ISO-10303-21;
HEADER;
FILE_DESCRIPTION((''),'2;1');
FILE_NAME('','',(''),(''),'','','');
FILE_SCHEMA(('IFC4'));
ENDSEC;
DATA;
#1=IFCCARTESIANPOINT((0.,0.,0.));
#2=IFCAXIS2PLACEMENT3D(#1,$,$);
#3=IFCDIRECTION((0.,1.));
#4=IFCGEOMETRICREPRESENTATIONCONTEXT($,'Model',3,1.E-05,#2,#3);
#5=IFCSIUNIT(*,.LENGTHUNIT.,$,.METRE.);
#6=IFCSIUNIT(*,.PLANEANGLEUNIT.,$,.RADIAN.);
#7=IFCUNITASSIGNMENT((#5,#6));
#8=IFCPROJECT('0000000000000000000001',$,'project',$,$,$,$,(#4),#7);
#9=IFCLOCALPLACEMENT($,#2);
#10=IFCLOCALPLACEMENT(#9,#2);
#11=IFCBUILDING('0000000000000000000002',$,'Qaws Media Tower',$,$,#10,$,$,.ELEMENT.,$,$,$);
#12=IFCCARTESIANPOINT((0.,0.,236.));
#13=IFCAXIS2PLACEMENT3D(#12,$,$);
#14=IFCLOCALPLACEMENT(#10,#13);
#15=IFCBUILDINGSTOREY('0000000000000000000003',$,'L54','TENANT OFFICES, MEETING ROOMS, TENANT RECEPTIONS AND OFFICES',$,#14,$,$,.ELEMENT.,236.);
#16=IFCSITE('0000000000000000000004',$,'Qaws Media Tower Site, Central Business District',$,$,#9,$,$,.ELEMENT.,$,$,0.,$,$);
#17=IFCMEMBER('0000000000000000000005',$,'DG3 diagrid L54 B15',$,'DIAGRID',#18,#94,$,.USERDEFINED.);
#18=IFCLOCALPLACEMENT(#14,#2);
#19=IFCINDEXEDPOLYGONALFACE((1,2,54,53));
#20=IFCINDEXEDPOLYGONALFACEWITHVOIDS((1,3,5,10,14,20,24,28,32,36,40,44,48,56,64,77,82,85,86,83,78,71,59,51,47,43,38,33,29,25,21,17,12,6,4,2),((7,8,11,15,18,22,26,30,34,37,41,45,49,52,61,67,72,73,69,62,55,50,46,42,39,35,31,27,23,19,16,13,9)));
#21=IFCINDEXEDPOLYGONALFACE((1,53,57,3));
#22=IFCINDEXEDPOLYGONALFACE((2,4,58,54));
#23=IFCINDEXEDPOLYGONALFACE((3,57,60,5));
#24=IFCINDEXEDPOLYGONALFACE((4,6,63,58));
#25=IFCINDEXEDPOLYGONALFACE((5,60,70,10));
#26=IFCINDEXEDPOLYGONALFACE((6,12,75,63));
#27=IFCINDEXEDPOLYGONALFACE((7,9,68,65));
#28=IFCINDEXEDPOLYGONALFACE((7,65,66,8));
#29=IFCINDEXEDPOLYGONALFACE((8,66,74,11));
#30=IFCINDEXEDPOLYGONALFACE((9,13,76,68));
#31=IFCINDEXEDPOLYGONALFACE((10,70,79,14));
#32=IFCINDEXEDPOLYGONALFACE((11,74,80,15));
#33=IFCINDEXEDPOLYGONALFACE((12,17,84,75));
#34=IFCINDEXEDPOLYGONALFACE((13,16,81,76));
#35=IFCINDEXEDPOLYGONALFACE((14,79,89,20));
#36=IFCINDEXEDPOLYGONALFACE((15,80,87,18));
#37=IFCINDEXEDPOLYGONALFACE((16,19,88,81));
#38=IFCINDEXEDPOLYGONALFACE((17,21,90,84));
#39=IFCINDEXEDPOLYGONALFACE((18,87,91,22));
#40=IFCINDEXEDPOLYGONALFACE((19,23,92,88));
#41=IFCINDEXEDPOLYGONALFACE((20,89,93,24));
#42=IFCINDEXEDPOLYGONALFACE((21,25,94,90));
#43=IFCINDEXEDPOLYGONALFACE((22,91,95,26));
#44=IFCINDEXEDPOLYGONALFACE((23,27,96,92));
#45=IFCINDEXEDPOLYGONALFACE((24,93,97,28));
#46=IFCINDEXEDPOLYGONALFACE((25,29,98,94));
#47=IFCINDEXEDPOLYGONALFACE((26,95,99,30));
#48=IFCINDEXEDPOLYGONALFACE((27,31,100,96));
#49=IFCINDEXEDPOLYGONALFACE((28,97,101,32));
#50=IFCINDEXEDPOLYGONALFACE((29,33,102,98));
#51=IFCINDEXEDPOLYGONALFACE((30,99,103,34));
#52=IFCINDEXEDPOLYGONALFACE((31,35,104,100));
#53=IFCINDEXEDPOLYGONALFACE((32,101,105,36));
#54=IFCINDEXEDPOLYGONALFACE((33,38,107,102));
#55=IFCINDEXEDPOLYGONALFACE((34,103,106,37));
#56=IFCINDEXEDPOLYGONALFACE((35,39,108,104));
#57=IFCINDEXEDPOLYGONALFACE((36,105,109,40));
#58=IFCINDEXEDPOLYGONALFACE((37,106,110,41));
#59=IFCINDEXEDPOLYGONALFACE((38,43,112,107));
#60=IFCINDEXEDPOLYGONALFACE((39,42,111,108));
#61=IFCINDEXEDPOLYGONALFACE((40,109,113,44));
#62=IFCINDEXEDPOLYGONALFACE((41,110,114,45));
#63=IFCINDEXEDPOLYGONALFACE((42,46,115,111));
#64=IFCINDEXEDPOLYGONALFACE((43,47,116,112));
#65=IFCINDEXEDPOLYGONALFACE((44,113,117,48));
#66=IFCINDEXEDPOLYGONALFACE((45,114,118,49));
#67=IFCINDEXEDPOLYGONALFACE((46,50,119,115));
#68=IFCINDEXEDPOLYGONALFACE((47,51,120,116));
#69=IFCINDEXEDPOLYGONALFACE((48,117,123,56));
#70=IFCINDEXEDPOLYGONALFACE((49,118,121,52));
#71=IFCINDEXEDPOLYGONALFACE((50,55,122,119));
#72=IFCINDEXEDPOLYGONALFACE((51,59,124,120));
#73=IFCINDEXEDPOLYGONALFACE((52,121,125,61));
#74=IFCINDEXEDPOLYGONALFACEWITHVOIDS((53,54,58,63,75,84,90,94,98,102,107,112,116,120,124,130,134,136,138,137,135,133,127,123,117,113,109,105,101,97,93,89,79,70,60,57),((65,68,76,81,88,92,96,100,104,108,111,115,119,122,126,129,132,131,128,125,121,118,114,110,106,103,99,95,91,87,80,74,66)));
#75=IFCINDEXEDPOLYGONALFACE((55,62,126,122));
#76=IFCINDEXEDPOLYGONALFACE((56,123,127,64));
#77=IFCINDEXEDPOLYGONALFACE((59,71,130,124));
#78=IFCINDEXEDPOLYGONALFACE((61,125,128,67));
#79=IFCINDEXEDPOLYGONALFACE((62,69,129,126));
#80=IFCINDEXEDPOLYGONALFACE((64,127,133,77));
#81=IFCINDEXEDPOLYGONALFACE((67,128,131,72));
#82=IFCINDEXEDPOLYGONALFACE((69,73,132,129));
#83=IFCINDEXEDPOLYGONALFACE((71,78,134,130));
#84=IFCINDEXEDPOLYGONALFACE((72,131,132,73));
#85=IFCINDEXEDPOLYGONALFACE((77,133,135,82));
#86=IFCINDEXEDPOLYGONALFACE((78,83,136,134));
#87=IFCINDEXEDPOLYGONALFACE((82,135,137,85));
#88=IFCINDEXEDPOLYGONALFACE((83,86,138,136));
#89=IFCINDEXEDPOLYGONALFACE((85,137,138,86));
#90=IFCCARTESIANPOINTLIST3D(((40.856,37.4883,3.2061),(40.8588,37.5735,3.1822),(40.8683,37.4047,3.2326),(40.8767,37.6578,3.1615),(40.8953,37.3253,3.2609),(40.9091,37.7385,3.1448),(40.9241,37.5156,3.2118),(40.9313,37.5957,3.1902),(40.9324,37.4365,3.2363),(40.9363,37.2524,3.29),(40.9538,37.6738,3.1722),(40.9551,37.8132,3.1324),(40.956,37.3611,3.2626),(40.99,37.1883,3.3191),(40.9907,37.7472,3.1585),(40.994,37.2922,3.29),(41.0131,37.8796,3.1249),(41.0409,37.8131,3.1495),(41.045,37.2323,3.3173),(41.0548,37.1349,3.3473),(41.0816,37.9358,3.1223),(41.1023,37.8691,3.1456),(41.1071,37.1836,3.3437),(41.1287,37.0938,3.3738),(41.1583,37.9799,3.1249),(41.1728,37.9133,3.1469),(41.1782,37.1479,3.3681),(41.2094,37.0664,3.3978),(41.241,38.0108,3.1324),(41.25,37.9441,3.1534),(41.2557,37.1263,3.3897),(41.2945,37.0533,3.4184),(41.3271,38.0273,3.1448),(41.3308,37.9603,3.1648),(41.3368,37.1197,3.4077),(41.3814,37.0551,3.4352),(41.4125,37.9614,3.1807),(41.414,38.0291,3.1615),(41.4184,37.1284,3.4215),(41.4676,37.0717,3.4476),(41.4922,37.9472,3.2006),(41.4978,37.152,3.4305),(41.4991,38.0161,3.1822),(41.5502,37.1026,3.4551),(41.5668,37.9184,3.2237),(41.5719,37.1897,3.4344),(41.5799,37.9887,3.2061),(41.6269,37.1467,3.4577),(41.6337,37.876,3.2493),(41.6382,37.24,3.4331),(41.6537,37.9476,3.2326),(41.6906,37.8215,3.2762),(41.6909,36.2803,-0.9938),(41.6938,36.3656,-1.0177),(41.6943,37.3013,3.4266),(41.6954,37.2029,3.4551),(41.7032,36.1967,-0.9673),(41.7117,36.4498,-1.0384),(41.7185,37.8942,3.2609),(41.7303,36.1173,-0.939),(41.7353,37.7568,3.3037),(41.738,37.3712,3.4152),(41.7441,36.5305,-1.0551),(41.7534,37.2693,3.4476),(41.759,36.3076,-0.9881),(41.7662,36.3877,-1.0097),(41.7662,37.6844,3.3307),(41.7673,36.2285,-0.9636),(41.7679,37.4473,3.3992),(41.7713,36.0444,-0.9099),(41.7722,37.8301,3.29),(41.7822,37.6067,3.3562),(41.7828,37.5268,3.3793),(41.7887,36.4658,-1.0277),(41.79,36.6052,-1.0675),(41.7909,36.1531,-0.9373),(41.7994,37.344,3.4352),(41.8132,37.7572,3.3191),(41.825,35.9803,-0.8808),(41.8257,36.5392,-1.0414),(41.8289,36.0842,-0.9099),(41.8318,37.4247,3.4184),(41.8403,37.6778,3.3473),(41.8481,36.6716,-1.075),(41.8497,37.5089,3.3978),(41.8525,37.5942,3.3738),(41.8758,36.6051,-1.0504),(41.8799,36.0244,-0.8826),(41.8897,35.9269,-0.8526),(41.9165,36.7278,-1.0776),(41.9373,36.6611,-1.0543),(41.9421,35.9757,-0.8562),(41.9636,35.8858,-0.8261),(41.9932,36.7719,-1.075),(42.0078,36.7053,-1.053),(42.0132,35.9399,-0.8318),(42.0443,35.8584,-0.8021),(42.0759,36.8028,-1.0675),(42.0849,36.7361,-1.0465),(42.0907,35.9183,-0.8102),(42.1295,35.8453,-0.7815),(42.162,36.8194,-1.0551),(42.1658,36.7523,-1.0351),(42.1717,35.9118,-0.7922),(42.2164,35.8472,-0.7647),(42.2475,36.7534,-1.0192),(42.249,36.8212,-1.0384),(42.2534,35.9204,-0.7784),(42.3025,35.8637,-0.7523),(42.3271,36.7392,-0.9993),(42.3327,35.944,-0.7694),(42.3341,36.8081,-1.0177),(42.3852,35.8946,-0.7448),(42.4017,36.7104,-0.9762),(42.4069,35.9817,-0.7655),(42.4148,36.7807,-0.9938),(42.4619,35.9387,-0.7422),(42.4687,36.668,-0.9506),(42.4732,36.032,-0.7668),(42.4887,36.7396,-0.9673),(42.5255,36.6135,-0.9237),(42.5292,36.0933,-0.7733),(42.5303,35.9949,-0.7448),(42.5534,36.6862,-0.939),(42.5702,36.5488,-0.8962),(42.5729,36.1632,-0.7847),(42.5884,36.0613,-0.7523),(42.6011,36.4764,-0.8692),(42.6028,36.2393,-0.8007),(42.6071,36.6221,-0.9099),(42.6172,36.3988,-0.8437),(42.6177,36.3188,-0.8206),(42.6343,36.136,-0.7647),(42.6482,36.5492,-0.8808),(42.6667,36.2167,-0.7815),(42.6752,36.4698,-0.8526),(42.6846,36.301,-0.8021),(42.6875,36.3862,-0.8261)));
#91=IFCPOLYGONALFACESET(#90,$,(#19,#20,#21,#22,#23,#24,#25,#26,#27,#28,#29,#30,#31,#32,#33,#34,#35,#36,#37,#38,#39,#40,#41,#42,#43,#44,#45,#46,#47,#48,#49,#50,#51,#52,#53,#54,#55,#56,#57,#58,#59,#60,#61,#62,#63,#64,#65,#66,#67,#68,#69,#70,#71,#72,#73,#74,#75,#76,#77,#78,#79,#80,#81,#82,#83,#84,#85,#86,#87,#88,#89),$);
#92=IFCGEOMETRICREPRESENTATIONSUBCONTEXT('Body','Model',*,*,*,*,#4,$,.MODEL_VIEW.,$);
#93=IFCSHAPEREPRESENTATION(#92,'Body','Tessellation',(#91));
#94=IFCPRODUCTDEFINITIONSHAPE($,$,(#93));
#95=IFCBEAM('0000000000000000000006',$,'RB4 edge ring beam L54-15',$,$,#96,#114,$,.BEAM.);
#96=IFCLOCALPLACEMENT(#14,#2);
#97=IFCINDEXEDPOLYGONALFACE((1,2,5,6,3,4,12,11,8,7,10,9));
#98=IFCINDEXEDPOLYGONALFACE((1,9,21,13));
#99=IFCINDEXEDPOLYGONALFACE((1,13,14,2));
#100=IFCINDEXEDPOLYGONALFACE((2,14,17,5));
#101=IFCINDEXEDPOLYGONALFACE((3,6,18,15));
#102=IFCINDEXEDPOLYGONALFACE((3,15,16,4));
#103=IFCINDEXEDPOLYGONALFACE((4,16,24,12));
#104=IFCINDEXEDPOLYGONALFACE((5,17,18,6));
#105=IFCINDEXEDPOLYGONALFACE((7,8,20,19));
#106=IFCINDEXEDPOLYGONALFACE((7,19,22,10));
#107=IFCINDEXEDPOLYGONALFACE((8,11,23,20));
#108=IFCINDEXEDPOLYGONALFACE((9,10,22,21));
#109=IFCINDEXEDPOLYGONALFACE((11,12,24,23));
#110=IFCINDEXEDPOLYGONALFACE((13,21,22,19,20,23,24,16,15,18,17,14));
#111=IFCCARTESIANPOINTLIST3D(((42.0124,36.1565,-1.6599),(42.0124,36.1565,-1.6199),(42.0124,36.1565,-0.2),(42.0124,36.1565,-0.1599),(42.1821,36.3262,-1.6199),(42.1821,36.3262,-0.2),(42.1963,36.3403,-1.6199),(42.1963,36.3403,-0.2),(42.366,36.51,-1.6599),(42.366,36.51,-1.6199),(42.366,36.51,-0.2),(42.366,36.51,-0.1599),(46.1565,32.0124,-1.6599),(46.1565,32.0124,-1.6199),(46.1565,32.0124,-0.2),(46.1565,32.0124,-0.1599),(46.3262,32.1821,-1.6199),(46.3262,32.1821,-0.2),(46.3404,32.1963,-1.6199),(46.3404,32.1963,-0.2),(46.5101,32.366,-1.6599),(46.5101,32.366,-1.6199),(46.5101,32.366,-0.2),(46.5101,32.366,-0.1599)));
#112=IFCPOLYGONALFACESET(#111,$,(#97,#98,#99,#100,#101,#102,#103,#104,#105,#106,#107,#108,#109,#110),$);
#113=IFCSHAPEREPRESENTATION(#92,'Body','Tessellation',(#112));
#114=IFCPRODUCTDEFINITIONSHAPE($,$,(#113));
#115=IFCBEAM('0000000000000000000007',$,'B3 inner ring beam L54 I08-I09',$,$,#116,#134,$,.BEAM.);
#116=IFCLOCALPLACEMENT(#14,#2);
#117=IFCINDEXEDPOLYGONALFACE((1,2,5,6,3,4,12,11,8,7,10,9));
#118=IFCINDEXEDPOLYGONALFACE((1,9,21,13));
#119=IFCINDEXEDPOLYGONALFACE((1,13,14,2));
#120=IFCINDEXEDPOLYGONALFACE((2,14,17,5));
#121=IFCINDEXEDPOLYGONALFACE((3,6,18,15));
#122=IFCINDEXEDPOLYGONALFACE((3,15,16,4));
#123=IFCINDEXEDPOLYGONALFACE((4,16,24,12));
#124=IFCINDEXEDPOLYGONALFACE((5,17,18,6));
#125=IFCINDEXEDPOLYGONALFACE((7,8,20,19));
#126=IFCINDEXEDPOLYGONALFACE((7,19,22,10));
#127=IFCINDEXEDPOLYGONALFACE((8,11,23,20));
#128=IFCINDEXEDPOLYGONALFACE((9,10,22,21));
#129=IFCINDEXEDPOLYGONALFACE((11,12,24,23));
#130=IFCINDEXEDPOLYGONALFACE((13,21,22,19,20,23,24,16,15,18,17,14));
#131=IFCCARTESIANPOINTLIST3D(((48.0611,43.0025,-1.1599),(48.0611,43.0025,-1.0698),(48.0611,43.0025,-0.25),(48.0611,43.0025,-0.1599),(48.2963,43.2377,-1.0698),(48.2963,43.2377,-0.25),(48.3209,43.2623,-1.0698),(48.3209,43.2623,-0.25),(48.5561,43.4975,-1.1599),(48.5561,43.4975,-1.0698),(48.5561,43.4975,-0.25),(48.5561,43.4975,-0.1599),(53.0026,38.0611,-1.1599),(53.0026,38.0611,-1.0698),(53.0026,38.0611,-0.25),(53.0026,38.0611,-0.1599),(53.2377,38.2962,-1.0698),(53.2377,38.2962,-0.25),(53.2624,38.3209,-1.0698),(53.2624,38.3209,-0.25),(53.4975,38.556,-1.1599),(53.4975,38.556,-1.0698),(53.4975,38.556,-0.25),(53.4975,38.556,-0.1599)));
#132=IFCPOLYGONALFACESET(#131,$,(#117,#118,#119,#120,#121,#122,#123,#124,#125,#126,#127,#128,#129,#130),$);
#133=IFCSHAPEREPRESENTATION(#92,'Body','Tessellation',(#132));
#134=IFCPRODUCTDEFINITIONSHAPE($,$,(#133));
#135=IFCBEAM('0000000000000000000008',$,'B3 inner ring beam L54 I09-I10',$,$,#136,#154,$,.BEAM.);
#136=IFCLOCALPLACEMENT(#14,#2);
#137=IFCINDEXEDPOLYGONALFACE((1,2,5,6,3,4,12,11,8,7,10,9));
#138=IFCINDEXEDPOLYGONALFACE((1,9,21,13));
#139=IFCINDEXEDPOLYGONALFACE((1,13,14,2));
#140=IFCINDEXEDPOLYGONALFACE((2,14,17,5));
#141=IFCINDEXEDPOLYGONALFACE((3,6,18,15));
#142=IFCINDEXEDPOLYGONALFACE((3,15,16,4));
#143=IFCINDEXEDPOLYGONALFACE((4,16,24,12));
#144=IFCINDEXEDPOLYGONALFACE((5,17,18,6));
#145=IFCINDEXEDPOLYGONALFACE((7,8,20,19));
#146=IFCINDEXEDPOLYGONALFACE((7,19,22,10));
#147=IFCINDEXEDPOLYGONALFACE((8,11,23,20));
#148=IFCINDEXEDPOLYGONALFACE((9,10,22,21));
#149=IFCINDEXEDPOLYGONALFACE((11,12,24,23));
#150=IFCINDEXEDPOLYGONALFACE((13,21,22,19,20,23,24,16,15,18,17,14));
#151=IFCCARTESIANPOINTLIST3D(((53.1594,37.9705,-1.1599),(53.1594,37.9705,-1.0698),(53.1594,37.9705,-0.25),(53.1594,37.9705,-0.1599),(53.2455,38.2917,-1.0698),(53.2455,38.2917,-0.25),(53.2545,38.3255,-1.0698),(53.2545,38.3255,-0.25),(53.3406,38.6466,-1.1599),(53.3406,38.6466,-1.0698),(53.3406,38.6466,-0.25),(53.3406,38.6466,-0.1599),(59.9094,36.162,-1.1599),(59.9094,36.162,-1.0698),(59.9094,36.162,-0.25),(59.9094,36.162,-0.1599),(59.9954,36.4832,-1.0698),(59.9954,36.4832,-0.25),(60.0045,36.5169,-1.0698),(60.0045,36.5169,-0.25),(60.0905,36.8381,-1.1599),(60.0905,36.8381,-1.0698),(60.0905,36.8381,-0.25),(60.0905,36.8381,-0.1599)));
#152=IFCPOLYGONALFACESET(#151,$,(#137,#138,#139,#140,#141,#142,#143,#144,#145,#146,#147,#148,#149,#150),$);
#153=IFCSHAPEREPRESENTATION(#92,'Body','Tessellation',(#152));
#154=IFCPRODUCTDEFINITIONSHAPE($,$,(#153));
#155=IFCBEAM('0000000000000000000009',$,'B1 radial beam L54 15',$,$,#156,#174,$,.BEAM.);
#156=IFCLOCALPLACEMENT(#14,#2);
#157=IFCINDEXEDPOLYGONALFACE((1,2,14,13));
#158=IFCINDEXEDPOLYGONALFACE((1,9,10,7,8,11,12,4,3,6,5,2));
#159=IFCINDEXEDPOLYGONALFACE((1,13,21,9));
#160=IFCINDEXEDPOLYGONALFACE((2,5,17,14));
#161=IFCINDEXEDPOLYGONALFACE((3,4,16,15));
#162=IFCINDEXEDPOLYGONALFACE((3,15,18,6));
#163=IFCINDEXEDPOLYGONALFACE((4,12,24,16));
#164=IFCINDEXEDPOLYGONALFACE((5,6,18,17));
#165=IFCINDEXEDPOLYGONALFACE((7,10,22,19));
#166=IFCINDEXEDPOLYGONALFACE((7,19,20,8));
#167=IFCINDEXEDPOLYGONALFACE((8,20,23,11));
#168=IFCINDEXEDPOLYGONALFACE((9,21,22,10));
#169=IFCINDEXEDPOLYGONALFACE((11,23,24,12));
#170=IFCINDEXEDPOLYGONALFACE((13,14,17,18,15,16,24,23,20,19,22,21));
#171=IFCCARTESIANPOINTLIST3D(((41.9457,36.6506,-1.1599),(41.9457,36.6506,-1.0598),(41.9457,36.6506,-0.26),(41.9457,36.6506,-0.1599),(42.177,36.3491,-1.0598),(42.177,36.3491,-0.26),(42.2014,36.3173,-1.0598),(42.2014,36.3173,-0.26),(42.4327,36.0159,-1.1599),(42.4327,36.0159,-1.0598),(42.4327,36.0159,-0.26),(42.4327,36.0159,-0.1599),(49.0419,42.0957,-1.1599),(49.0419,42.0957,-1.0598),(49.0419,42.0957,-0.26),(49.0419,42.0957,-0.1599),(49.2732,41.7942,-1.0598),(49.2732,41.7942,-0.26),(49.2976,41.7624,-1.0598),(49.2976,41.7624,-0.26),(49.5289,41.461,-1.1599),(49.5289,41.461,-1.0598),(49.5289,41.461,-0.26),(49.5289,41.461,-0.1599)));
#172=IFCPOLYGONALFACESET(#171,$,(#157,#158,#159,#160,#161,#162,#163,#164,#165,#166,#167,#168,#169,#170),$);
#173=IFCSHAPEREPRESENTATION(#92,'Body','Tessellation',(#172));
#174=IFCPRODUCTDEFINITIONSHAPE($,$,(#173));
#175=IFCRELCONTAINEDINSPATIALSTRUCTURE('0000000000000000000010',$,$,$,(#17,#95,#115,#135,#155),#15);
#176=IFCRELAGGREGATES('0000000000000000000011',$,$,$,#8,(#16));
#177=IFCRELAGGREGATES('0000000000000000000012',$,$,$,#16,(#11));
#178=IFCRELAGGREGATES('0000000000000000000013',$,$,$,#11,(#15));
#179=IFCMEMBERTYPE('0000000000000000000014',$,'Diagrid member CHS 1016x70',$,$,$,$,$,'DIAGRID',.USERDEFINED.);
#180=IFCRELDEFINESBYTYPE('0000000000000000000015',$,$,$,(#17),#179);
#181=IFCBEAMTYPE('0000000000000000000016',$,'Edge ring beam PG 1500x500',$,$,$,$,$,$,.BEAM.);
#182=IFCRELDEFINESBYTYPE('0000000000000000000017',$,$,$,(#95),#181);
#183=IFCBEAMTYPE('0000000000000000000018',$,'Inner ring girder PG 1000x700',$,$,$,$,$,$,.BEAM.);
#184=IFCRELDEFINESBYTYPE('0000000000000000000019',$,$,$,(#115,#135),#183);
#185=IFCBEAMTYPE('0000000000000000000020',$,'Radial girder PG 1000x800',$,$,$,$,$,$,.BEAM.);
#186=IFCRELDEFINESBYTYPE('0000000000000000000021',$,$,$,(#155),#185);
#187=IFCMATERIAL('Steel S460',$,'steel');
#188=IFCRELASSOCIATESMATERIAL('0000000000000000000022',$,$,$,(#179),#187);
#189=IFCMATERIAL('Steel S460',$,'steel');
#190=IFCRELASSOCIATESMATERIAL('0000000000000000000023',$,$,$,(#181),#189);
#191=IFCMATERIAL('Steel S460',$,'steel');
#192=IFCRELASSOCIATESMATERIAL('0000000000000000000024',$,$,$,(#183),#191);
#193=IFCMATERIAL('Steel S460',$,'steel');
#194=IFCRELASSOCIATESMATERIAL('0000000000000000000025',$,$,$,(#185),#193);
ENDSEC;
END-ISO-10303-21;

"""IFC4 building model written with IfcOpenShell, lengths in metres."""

from ifc_helpers import new_model, si_unit, direction, frame, origin, origin_2d, place, context, subcontext, project, spatial, hollow_circle, i_section, extrude, material, material_profile, profile_set, type_object, element, save


model = new_model("IFC4")

# Units and contexts
model_context = context("Model", 3, precision=1e-05, world=origin(), true_north=direction((0.0, 1.0)))
body_context = subcontext(model_context, "Body", "Model", "MODEL_VIEW")
ifc_project = project(units=[si_unit("LENGTHUNIT", "METRE"), si_unit("PLANEANGLEUNIT", "RADIAN")], contexts=[model_context])

# Site, building, storey
site_placement = place(None, origin())
site = spatial("IfcSite", under=ifc_project, at=site_placement, Name="Qaws Media Tower Site, Central Business District", CompositionType="ELEMENT", RefElevation=0.0)
building_placement = place(site_placement, origin())
building = spatial("IfcBuilding", under=site, at=building_placement, Name="Qaws Media Tower", CompositionType="ELEMENT")
storey_placement = place(building_placement, frame((0.0, 0.0, 236.0)))
storey = spatial("IfcBuildingStorey", under=building, at=storey_placement, Name="L54", Description="TENANT OFFICES, MEETING ROOMS, TENANT RECEPTIONS AND OFFICES", CompositionType="ELEMENT", Elevation=236.0)

# Member
ifc_material_1 = material(Name="Steel S460", Category="steel")
ifc_material_profile_1 = material_profile(ifc_material_1, hollow_circle(Radius=0.5081, WallThickness=0.0701, at=origin_2d()), Name="CHS 1016x70")
ifc_profile_set_1 = profile_set([ifc_material_profile_1], Name="Steel S460")
member_type_1 = type_object("IfcMemberType", Name="Diagrid member CHS 1016x70", ElementType="DIAGRID", PredefinedType="USERDEFINED", material=ifc_profile_set_1)
for number, where, z_axis, x_axis, name in (
    (1, (42.1892, 36.3333, -0.9099), (-0.187662, 0.271507, 0.943963), (-0.822623, -0.568587, 0.0), "DG3 diagrid L54 B15"),
):
    element("IfcMember", number, at=place(storey_placement, frame(where, z_axis=z_axis, x_axis=x_axis)), inside=storey, type_object=member_type_1, Name=name, ObjectType="DIAGRID", PredefinedType="USERDEFINED", context=body_context, shape_type="SweptSolid", body=[
        extrude(hollow_circle(Radius=0.5081, WallThickness=0.0701, at=origin_2d()), origin(), (0.0, 0.0, 1.0), 4.4492),
    ])

# Beams
ifc_material_2 = material(Name="Steel S460", Category="steel")
ifc_material_profile_2 = material_profile(ifc_material_2, i_section(OverallWidth=0.5, OverallDepth=1.5, WebThickness=0.02, FlangeThickness=0.04, at=origin_2d()), Name="PG 1500x500")
ifc_profile_set_2 = profile_set([ifc_material_profile_2], Name="Steel S460")
beam_type_1 = type_object("IfcBeamType", Name="Edge ring beam PG 1500x500", PredefinedType="BEAM", material=ifc_profile_set_2)
beam_1_placement = place(storey_placement, frame((42.1892, 36.3333, -0.9099), z_axis=(0.707107, -0.707107, 0.0), x_axis=(0.707107, 0.707107, 0.0)))
element("IfcBeam", 2, at=beam_1_placement, inside=storey, type_object=beam_type_1, Name="RB4 edge ring beam L54-15", PredefinedType="BEAM", context=body_context, shape_type="SweptSolid", body=[
    extrude(i_section(OverallWidth=0.5, OverallDepth=1.5, WebThickness=0.02, FlangeThickness=0.04, at=origin_2d()), origin(), (0.0, 0.0, 1.0), 5.8606),
])
ifc_material_3 = material(Name="Steel S460", Category="steel")
ifc_material_profile_3 = material_profile(ifc_material_3, i_section(OverallWidth=0.7, OverallDepth=1.0, WebThickness=0.0349, FlangeThickness=0.0901, at=origin_2d()), Name="PG 1000x700")
ifc_profile_set_3 = profile_set([ifc_material_profile_3], Name="Steel S460")
beam_type_2 = type_object("IfcBeamType", Name="Inner ring girder PG 1000x700", PredefinedType="BEAM", material=ifc_profile_set_3)
beam_2_placement = place(storey_placement, frame((48.3086, 43.25, -0.6599), z_axis=(0.707107, -0.707107, 0.0), x_axis=(0.707107, 0.707107, 0.0)))
element("IfcBeam", 3, at=beam_2_placement, inside=storey, type_object=beam_type_2, Name="B3 inner ring beam L54 I08-I09", PredefinedType="BEAM", context=body_context, shape_type="SweptSolid", body=[
    extrude(i_section(OverallWidth=0.7, OverallDepth=1.0, WebThickness=0.0349, FlangeThickness=0.0901, at=origin_2d()), origin(), (0.0, 0.0, 1.0), 6.9883),
])
beam_3_placement = place(storey_placement, frame((53.25, 38.3086, -0.6599), z_axis=(0.965928, -0.258811, 0.0), x_axis=(0.258811, 0.965928, 0.0)))
element("IfcBeam", 4, at=beam_3_placement, inside=storey, type_object=beam_type_2, Name="B3 inner ring beam L54 I09-I10", PredefinedType="BEAM", context=body_context, shape_type="SweptSolid", body=[
    extrude(i_section(OverallWidth=0.7, OverallDepth=1.0, WebThickness=0.0349, FlangeThickness=0.0901, at=origin_2d()), origin(), (0.0, 0.0, 1.0), 6.988),
])
ifc_material_4 = material(Name="Steel S460", Category="steel")
ifc_material_profile_4 = material_profile(ifc_material_4, i_section(OverallWidth=0.8, OverallDepth=1.0, WebThickness=0.04, FlangeThickness=0.1001, at=origin_2d()), Name="PG 1000x800")
ifc_profile_set_4 = profile_set([ifc_material_profile_4], Name="Steel S460")
beam_type_3 = type_object("IfcBeamType", Name="Radial girder PG 1000x800", PredefinedType="BEAM", material=ifc_profile_set_4)
for number, where, z_axis, x_axis, name in (
    (5, (49.2854, 41.7783, -0.6599), (-0.793355, -0.608759, 0.0), (0.608759, -0.793355, 0.0), "B1 radial beam L54 15"),
):
    element("IfcBeam", number, at=place(storey_placement, frame(where, z_axis=z_axis, x_axis=x_axis)), inside=storey, type_object=beam_type_3, Name=name, PredefinedType="BEAM", context=body_context, shape_type="SweptSolid", body=[
        extrude(i_section(OverallWidth=0.8, OverallDepth=1.0, WebThickness=0.04, FlangeThickness=0.1001, at=origin_2d()), origin(), (0.0, 0.0, 1.0), 8.9446),
    ])

save(model, "model.ifc")
